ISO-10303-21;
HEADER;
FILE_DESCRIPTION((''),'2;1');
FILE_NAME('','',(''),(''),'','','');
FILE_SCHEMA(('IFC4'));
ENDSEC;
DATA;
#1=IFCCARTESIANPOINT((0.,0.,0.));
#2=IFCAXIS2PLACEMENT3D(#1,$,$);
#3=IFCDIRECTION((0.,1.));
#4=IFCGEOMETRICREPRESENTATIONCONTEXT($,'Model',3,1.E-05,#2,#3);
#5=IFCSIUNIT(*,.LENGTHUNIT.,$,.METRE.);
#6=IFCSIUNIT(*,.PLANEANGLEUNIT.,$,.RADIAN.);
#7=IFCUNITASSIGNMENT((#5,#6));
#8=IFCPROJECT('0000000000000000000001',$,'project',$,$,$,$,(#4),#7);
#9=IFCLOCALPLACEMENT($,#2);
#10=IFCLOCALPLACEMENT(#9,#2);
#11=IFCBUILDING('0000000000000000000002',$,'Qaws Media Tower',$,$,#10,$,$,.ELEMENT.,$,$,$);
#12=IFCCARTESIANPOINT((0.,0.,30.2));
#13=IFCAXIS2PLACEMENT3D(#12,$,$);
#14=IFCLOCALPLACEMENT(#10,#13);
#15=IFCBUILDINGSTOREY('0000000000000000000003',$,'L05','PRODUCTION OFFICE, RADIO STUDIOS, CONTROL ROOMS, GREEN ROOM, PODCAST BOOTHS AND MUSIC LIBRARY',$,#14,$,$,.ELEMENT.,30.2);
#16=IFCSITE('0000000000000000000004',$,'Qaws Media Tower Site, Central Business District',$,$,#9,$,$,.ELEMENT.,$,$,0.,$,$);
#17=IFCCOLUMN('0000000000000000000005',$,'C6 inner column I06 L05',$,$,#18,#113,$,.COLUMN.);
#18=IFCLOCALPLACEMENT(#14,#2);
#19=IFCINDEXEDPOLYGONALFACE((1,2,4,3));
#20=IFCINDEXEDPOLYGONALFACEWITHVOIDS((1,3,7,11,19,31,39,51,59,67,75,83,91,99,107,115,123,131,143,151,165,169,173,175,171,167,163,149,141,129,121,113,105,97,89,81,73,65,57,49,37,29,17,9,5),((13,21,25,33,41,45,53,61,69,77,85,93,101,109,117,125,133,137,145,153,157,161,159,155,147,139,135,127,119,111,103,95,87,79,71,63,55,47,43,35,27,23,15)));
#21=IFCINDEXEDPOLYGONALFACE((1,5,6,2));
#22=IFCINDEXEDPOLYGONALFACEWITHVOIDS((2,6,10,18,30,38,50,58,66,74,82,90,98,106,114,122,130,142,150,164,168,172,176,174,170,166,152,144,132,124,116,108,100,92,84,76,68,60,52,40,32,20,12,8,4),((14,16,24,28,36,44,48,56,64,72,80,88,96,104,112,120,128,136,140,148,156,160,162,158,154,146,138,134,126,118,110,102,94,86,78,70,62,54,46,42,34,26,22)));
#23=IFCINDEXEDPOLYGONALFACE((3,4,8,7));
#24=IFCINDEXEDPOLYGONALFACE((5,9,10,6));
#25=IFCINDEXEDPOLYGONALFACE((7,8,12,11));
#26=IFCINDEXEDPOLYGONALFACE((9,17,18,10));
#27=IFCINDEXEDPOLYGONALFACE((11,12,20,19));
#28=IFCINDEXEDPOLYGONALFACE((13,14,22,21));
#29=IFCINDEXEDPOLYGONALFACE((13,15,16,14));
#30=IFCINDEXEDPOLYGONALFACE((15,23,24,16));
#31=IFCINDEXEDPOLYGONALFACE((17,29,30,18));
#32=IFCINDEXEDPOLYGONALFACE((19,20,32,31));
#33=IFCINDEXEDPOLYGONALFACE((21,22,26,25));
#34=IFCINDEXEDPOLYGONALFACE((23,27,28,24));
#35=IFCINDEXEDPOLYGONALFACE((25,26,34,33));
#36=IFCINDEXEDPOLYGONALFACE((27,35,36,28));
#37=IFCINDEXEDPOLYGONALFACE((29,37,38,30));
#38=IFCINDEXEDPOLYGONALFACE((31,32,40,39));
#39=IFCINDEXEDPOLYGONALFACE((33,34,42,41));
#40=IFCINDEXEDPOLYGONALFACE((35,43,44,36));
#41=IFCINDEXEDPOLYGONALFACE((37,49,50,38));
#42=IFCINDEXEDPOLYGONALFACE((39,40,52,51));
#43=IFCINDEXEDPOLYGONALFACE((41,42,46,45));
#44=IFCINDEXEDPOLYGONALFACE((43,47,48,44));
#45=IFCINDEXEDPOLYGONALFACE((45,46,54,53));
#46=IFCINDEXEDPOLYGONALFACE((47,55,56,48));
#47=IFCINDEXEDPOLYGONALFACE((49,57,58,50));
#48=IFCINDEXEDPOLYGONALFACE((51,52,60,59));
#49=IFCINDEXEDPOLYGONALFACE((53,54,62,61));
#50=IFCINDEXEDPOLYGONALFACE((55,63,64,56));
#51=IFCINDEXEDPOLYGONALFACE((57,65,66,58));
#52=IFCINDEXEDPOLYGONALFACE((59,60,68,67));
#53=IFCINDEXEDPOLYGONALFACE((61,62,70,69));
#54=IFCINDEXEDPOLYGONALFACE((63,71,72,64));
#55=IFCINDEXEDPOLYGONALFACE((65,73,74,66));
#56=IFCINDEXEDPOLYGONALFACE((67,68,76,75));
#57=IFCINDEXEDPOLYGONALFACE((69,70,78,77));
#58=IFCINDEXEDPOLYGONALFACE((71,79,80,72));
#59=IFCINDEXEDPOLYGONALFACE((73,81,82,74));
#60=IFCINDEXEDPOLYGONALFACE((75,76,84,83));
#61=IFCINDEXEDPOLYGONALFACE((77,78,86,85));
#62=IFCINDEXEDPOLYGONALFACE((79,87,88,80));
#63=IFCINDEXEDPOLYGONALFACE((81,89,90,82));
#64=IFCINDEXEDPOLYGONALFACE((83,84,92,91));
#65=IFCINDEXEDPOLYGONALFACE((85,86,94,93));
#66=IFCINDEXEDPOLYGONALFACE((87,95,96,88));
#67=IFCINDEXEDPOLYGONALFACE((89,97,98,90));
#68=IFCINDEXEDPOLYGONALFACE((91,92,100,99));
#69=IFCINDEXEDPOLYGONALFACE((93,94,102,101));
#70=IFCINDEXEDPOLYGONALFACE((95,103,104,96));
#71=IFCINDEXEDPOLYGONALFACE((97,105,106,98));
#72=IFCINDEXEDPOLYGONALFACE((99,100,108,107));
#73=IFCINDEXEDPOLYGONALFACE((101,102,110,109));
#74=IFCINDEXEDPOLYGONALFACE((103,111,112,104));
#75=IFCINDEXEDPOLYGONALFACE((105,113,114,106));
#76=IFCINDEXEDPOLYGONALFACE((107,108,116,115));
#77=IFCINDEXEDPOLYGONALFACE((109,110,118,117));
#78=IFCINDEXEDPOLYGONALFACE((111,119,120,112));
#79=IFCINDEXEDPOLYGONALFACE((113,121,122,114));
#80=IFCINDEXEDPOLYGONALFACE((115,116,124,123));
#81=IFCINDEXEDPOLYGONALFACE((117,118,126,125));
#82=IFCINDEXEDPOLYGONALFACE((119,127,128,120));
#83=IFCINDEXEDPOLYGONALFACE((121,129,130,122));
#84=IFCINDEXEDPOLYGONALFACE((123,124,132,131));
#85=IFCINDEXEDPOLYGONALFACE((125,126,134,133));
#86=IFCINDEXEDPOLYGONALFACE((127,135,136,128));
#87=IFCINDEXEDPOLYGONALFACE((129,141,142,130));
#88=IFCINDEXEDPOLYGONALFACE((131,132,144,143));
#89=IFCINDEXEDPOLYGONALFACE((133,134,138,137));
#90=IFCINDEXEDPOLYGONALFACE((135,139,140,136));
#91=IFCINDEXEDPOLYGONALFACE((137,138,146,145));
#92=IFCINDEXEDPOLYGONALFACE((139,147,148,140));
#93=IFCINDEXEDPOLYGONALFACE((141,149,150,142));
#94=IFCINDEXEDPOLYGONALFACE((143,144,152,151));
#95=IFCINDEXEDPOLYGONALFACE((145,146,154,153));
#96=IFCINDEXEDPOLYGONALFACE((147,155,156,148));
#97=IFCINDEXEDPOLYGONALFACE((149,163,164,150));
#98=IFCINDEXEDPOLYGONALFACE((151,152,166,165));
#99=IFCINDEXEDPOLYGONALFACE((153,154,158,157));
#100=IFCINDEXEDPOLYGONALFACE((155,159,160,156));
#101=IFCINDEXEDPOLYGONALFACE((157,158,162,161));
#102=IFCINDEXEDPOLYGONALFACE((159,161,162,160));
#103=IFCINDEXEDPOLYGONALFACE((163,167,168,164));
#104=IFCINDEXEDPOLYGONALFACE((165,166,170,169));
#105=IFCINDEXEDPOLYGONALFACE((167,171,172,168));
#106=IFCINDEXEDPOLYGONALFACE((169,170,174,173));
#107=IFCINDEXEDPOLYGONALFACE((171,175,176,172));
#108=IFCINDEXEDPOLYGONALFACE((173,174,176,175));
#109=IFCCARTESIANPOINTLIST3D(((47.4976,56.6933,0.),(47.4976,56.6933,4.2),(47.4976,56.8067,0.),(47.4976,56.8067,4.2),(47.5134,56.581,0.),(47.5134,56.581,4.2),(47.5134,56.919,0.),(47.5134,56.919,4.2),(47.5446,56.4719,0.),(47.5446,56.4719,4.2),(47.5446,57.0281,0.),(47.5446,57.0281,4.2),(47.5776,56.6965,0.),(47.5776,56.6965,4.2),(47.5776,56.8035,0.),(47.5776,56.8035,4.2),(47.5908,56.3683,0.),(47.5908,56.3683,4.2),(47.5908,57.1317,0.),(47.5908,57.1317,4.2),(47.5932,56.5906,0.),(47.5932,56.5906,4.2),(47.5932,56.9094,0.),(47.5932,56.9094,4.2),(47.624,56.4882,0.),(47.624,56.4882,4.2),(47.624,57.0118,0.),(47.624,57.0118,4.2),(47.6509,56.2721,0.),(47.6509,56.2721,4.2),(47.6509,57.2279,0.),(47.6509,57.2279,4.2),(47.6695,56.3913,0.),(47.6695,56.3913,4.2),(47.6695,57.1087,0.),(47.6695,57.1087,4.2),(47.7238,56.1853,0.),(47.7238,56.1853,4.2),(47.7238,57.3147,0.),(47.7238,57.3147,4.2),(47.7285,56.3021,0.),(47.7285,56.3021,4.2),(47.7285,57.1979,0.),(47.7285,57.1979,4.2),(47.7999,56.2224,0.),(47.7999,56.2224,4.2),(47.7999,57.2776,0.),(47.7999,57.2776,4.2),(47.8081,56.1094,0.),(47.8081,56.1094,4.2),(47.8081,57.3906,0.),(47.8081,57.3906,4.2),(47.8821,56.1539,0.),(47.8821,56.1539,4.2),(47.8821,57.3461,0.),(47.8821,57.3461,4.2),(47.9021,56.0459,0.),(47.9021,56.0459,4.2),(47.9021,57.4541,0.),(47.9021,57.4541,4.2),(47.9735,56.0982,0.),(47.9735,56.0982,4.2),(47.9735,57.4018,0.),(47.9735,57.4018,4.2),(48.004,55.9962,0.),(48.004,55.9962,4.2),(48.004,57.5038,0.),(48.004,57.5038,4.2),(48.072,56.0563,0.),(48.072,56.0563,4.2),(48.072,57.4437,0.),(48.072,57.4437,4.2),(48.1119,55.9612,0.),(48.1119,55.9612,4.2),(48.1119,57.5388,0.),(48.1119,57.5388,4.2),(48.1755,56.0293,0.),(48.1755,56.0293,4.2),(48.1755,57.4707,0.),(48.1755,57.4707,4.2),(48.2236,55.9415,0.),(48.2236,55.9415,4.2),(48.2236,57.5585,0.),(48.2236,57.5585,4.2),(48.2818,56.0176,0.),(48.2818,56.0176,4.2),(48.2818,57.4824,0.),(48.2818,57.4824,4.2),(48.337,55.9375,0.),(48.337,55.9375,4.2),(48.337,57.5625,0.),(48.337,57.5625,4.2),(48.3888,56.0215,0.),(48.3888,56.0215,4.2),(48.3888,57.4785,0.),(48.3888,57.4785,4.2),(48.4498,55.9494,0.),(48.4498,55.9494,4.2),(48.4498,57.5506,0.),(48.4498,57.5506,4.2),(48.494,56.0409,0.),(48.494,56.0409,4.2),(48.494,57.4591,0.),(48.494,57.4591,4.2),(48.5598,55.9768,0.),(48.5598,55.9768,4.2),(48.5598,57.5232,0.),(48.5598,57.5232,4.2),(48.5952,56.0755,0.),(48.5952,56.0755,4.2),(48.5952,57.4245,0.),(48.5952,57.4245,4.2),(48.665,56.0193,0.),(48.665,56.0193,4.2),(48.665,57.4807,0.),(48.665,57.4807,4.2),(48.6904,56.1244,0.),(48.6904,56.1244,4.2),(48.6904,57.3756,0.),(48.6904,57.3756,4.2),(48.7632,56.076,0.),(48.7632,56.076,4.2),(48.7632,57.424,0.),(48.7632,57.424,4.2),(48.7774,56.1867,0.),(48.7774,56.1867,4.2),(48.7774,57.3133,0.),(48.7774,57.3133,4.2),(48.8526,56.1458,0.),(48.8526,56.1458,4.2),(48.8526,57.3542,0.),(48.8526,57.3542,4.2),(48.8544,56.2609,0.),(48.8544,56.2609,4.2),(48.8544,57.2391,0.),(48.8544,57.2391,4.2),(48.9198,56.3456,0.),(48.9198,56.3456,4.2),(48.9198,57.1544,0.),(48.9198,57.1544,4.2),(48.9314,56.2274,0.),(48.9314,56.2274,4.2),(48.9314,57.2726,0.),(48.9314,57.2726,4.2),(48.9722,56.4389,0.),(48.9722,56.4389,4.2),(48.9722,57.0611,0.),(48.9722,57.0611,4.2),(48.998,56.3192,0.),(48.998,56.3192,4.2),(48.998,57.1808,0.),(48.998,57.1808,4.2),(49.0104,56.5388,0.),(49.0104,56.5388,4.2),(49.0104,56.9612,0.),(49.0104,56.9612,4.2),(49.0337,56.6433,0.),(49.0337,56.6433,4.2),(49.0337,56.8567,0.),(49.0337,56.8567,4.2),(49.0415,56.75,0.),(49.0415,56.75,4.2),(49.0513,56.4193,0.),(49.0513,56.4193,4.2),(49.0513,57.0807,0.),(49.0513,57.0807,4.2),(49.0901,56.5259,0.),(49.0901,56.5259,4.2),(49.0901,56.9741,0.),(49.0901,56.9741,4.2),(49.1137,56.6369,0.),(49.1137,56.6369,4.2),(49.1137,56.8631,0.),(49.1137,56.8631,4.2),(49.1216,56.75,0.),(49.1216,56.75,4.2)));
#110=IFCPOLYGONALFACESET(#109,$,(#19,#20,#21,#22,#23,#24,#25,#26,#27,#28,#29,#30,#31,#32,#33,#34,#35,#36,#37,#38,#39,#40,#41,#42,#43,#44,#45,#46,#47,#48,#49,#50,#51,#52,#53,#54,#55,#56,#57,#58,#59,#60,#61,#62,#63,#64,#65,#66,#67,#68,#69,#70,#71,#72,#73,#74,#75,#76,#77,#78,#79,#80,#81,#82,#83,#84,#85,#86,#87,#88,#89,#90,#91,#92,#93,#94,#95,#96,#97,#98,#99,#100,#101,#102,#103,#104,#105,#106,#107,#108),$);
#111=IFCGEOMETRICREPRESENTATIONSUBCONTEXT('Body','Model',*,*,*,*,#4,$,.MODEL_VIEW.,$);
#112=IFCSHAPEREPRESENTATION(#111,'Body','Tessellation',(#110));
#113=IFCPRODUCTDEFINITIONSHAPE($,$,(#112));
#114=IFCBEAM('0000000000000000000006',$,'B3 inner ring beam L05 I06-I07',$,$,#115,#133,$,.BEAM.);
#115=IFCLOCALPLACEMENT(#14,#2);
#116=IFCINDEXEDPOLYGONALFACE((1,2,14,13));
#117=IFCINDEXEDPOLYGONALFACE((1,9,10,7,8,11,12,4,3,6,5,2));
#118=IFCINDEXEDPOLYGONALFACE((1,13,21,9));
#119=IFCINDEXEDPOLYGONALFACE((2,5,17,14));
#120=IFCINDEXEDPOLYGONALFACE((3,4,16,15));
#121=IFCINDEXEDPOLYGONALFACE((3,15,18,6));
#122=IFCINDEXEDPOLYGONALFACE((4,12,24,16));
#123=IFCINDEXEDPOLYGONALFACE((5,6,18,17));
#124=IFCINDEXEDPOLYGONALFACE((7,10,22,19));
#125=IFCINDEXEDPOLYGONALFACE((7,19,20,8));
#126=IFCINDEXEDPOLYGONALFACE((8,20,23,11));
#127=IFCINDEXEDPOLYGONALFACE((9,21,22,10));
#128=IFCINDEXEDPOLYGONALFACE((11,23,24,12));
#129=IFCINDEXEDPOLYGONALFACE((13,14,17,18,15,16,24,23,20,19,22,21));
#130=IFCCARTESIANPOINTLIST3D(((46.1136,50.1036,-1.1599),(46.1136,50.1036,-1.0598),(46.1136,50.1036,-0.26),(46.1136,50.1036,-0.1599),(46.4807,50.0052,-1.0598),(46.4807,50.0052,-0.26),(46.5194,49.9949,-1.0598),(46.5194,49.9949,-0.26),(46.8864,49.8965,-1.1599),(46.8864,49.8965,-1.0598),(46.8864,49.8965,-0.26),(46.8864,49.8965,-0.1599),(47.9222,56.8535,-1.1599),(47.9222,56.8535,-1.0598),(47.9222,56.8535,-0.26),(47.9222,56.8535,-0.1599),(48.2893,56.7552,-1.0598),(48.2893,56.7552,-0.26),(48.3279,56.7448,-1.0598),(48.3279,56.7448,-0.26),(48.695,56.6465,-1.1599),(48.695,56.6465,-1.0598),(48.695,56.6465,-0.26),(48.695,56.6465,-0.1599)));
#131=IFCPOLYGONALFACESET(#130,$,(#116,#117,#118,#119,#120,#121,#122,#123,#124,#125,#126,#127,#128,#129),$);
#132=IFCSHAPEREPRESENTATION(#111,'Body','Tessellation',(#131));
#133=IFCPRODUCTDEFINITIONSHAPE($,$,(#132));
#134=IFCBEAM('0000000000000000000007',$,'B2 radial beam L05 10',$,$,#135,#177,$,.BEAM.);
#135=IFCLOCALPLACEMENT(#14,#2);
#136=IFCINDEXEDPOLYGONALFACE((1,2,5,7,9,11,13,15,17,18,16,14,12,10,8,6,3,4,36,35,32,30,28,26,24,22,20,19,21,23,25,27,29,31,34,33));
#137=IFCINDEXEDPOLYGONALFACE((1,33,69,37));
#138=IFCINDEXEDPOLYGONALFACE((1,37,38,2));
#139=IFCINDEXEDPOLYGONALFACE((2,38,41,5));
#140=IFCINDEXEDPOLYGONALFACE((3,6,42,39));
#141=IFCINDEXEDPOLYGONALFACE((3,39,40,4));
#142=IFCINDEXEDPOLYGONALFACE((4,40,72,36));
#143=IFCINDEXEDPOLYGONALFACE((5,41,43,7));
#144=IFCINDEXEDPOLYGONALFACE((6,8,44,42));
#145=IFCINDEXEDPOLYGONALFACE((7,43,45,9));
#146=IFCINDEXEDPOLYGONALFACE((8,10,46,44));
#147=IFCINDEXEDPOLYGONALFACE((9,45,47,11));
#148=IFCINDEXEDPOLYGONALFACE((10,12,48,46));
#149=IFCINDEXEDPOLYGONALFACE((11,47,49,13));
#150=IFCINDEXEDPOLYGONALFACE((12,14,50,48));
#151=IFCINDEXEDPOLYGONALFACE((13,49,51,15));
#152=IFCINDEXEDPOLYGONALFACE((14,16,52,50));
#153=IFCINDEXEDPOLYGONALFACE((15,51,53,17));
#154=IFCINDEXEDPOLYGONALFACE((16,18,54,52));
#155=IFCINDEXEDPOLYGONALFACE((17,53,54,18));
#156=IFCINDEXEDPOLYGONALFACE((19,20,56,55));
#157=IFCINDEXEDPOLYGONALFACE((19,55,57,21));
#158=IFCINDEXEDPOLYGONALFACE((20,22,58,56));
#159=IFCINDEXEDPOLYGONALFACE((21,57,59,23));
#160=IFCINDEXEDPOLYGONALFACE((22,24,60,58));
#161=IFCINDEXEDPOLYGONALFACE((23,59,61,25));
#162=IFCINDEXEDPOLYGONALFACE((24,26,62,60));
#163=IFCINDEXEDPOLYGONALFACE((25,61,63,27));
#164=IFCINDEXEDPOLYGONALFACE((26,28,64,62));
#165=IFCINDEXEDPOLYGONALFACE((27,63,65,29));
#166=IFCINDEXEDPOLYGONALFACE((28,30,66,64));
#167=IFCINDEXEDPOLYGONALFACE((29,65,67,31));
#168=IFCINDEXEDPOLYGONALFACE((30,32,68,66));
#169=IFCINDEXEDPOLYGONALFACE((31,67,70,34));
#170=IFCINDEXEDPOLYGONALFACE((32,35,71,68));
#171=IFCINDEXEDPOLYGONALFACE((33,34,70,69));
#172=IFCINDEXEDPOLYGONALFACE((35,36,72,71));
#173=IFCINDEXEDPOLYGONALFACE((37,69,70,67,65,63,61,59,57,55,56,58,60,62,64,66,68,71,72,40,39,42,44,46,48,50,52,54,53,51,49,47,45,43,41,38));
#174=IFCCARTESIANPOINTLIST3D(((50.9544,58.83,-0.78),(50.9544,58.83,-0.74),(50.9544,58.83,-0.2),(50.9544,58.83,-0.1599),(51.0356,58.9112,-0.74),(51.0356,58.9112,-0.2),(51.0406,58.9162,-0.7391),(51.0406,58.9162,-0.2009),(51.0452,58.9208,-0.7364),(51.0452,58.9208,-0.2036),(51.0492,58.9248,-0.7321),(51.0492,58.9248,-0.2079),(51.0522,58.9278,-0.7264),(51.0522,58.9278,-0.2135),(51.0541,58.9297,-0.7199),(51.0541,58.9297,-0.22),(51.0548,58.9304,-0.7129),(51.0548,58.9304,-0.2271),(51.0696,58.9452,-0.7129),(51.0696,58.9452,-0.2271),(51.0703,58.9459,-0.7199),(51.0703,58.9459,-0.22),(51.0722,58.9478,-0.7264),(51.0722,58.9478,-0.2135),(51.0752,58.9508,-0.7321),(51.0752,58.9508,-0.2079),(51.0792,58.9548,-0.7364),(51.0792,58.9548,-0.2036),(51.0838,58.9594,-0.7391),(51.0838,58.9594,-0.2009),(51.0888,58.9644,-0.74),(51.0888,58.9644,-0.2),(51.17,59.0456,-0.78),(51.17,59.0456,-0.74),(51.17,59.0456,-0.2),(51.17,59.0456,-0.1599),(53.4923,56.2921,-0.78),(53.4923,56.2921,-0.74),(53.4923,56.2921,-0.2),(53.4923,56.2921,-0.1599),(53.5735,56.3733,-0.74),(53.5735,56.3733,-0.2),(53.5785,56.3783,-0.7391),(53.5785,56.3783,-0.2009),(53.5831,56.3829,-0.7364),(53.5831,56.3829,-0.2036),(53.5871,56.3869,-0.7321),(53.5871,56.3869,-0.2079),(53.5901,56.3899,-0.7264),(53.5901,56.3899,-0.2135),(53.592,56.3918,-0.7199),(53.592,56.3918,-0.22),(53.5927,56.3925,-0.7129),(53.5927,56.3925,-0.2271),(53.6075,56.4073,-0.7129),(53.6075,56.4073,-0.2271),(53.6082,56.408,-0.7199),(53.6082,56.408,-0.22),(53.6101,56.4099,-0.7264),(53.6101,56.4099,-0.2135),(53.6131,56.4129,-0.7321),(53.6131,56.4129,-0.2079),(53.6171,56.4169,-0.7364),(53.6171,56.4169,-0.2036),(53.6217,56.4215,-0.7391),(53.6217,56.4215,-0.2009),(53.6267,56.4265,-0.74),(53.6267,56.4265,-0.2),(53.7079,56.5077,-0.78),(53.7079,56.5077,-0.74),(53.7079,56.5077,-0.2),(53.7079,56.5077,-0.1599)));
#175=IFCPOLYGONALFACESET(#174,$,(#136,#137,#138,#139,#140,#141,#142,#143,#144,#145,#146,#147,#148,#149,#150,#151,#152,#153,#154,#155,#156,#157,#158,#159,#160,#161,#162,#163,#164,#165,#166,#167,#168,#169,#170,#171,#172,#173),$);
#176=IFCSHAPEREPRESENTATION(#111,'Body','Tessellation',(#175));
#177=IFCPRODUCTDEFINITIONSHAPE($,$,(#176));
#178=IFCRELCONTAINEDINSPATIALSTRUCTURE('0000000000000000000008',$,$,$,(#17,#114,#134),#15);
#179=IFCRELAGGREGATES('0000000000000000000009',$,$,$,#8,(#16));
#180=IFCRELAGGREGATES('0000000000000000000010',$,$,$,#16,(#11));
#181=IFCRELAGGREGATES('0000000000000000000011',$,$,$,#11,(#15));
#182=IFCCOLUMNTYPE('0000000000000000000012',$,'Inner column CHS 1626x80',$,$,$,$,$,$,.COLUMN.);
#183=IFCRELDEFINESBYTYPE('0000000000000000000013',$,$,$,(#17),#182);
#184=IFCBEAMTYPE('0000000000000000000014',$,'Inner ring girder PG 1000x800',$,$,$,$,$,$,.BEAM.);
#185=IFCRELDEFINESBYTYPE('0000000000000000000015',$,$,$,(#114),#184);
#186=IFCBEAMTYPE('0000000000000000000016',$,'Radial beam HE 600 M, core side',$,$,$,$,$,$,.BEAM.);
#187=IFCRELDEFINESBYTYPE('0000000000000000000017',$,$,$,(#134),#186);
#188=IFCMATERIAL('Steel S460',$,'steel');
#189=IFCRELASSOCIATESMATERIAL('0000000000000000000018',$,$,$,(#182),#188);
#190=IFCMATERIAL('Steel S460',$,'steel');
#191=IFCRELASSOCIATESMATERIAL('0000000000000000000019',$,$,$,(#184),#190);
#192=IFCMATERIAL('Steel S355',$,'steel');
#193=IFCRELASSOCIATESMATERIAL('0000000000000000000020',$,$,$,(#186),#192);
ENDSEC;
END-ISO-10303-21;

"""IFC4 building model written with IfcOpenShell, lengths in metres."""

from ifc_helpers import new_model, si_unit, direction, frame, origin, origin_2d, place, context, subcontext, project, spatial, hollow_circle, i_section, extrude, material, material_profile, profile_set, type_object, element, save


model = new_model("IFC4")

# Units and contexts
model_context = context("Model", 3, precision=1e-05, world=origin(), true_north=direction((0.0, 1.0)))
body_context = subcontext(model_context, "Body", "Model", "MODEL_VIEW")
ifc_project = project(units=[si_unit("LENGTHUNIT", "METRE"), si_unit("PLANEANGLEUNIT", "RADIAN")], contexts=[model_context])

# Site, building, storey
site_placement = place(None, origin())
site = spatial("IfcSite", under=ifc_project, at=site_placement, Name="Qaws Media Tower Site, Central Business District", CompositionType="ELEMENT", RefElevation=0.0)
building_placement = place(site_placement, origin())
building = spatial("IfcBuilding", under=site, at=building_placement, Name="Qaws Media Tower", CompositionType="ELEMENT")
storey_placement = place(building_placement, frame((0.0, 0.0, 30.2)))
storey = spatial("IfcBuildingStorey", under=building, at=storey_placement, Name="L05", Description="PRODUCTION OFFICE, RADIO STUDIOS, CONTROL ROOMS, GREEN ROOM, PODCAST BOOTHS AND MUSIC LIBRARY", CompositionType="ELEMENT", Elevation=30.2)

# Column
ifc_material_1 = material(Name="Steel S460", Category="steel")
ifc_material_profile_1 = material_profile(ifc_material_1, hollow_circle(Radius=0.813, WallThickness=0.0801, at=origin_2d()), Name="CHS 1626x80")
ifc_profile_set_1 = profile_set([ifc_material_profile_1], Name="Steel S460")
column_type = type_object("IfcColumnType", Name="Inner column CHS 1626x80", PredefinedType="COLUMN", material=ifc_profile_set_1)
column_placement = place(storey_placement, frame((48.3086, 56.75, 0.0), z_axis=(0.0, 0.0, 1.0), x_axis=(1.0, 0.0, 0.0)))
element("IfcColumn", 1, at=column_placement, inside=storey, type_object=column_type, Name="C6 inner column I06 L05", PredefinedType="COLUMN", context=body_context, shape_type="SweptSolid", body=[
    extrude(hollow_circle(Radius=0.813, WallThickness=0.0801, at=origin_2d()), origin(), (0.0, 0.0, 1.0), 4.2),
])

# Beams
ifc_material_2 = material(Name="Steel S460", Category="steel")
ifc_material_profile_2 = material_profile(ifc_material_2, i_section(OverallWidth=0.8, OverallDepth=1.0, WebThickness=0.04, FlangeThickness=0.1001, at=origin_2d()), Name="PG 1000x800")
ifc_profile_set_2 = profile_set([ifc_material_profile_2], Name="Steel S460")
beam_type_1 = type_object("IfcBeamType", Name="Inner ring girder PG 1000x800", PredefinedType="BEAM", material=ifc_profile_set_2)
beam_1_placement = place(storey_placement, frame((48.3086, 56.75, -0.6599), z_axis=(-0.258811, -0.965928, 0.0), x_axis=(0.965928, -0.258811, 0.0)))
element("IfcBeam", 2, at=beam_1_placement, inside=storey, type_object=beam_type_1, Name="B3 inner ring beam L05 I06-I07", PredefinedType="BEAM", context=body_context, shape_type="SweptSolid", body=[
    extrude(i_section(OverallWidth=0.8, OverallDepth=1.0, WebThickness=0.04, FlangeThickness=0.1001, at=origin_2d()), origin(), (0.0, 0.0, 1.0), 6.988),
])
ifc_material_3 = material(Name="Steel S355", Category="steel")
ifc_material_profile_3 = material_profile(ifc_material_3, i_section(OverallWidth=0.3049, OverallDepth=0.6201, WebThickness=0.021, FlangeThickness=0.04, FilletRadius=0.0271, at=origin_2d()), Name="HE 600 M")
ifc_profile_set_3 = profile_set([ifc_material_profile_3], Name="Steel S355")
beam_type_2 = type_object("IfcBeamType", Name="Radial beam HE 600 M, core side", PredefinedType="BEAM", material=ifc_profile_set_3)
beam_2_placement = place(storey_placement, frame((53.6001, 56.3999, -0.47), z_axis=(-0.707107, 0.707107, 0.0), x_axis=(-0.707107, -0.707107, 0.0)))
element("IfcBeam", 3, at=beam_2_placement, inside=storey, type_object=beam_type_2, Name="B2 radial beam L05 10", PredefinedType="BEAM", context=body_context, shape_type="SweptSolid", body=[
    extrude(i_section(OverallWidth=0.3049, OverallDepth=0.6201, WebThickness=0.021, FlangeThickness=0.04, FilletRadius=0.0271, at=origin_2d()), origin(), (0.0, 0.0, 1.0), 3.5891),
])

save(model, "model.ifc")
